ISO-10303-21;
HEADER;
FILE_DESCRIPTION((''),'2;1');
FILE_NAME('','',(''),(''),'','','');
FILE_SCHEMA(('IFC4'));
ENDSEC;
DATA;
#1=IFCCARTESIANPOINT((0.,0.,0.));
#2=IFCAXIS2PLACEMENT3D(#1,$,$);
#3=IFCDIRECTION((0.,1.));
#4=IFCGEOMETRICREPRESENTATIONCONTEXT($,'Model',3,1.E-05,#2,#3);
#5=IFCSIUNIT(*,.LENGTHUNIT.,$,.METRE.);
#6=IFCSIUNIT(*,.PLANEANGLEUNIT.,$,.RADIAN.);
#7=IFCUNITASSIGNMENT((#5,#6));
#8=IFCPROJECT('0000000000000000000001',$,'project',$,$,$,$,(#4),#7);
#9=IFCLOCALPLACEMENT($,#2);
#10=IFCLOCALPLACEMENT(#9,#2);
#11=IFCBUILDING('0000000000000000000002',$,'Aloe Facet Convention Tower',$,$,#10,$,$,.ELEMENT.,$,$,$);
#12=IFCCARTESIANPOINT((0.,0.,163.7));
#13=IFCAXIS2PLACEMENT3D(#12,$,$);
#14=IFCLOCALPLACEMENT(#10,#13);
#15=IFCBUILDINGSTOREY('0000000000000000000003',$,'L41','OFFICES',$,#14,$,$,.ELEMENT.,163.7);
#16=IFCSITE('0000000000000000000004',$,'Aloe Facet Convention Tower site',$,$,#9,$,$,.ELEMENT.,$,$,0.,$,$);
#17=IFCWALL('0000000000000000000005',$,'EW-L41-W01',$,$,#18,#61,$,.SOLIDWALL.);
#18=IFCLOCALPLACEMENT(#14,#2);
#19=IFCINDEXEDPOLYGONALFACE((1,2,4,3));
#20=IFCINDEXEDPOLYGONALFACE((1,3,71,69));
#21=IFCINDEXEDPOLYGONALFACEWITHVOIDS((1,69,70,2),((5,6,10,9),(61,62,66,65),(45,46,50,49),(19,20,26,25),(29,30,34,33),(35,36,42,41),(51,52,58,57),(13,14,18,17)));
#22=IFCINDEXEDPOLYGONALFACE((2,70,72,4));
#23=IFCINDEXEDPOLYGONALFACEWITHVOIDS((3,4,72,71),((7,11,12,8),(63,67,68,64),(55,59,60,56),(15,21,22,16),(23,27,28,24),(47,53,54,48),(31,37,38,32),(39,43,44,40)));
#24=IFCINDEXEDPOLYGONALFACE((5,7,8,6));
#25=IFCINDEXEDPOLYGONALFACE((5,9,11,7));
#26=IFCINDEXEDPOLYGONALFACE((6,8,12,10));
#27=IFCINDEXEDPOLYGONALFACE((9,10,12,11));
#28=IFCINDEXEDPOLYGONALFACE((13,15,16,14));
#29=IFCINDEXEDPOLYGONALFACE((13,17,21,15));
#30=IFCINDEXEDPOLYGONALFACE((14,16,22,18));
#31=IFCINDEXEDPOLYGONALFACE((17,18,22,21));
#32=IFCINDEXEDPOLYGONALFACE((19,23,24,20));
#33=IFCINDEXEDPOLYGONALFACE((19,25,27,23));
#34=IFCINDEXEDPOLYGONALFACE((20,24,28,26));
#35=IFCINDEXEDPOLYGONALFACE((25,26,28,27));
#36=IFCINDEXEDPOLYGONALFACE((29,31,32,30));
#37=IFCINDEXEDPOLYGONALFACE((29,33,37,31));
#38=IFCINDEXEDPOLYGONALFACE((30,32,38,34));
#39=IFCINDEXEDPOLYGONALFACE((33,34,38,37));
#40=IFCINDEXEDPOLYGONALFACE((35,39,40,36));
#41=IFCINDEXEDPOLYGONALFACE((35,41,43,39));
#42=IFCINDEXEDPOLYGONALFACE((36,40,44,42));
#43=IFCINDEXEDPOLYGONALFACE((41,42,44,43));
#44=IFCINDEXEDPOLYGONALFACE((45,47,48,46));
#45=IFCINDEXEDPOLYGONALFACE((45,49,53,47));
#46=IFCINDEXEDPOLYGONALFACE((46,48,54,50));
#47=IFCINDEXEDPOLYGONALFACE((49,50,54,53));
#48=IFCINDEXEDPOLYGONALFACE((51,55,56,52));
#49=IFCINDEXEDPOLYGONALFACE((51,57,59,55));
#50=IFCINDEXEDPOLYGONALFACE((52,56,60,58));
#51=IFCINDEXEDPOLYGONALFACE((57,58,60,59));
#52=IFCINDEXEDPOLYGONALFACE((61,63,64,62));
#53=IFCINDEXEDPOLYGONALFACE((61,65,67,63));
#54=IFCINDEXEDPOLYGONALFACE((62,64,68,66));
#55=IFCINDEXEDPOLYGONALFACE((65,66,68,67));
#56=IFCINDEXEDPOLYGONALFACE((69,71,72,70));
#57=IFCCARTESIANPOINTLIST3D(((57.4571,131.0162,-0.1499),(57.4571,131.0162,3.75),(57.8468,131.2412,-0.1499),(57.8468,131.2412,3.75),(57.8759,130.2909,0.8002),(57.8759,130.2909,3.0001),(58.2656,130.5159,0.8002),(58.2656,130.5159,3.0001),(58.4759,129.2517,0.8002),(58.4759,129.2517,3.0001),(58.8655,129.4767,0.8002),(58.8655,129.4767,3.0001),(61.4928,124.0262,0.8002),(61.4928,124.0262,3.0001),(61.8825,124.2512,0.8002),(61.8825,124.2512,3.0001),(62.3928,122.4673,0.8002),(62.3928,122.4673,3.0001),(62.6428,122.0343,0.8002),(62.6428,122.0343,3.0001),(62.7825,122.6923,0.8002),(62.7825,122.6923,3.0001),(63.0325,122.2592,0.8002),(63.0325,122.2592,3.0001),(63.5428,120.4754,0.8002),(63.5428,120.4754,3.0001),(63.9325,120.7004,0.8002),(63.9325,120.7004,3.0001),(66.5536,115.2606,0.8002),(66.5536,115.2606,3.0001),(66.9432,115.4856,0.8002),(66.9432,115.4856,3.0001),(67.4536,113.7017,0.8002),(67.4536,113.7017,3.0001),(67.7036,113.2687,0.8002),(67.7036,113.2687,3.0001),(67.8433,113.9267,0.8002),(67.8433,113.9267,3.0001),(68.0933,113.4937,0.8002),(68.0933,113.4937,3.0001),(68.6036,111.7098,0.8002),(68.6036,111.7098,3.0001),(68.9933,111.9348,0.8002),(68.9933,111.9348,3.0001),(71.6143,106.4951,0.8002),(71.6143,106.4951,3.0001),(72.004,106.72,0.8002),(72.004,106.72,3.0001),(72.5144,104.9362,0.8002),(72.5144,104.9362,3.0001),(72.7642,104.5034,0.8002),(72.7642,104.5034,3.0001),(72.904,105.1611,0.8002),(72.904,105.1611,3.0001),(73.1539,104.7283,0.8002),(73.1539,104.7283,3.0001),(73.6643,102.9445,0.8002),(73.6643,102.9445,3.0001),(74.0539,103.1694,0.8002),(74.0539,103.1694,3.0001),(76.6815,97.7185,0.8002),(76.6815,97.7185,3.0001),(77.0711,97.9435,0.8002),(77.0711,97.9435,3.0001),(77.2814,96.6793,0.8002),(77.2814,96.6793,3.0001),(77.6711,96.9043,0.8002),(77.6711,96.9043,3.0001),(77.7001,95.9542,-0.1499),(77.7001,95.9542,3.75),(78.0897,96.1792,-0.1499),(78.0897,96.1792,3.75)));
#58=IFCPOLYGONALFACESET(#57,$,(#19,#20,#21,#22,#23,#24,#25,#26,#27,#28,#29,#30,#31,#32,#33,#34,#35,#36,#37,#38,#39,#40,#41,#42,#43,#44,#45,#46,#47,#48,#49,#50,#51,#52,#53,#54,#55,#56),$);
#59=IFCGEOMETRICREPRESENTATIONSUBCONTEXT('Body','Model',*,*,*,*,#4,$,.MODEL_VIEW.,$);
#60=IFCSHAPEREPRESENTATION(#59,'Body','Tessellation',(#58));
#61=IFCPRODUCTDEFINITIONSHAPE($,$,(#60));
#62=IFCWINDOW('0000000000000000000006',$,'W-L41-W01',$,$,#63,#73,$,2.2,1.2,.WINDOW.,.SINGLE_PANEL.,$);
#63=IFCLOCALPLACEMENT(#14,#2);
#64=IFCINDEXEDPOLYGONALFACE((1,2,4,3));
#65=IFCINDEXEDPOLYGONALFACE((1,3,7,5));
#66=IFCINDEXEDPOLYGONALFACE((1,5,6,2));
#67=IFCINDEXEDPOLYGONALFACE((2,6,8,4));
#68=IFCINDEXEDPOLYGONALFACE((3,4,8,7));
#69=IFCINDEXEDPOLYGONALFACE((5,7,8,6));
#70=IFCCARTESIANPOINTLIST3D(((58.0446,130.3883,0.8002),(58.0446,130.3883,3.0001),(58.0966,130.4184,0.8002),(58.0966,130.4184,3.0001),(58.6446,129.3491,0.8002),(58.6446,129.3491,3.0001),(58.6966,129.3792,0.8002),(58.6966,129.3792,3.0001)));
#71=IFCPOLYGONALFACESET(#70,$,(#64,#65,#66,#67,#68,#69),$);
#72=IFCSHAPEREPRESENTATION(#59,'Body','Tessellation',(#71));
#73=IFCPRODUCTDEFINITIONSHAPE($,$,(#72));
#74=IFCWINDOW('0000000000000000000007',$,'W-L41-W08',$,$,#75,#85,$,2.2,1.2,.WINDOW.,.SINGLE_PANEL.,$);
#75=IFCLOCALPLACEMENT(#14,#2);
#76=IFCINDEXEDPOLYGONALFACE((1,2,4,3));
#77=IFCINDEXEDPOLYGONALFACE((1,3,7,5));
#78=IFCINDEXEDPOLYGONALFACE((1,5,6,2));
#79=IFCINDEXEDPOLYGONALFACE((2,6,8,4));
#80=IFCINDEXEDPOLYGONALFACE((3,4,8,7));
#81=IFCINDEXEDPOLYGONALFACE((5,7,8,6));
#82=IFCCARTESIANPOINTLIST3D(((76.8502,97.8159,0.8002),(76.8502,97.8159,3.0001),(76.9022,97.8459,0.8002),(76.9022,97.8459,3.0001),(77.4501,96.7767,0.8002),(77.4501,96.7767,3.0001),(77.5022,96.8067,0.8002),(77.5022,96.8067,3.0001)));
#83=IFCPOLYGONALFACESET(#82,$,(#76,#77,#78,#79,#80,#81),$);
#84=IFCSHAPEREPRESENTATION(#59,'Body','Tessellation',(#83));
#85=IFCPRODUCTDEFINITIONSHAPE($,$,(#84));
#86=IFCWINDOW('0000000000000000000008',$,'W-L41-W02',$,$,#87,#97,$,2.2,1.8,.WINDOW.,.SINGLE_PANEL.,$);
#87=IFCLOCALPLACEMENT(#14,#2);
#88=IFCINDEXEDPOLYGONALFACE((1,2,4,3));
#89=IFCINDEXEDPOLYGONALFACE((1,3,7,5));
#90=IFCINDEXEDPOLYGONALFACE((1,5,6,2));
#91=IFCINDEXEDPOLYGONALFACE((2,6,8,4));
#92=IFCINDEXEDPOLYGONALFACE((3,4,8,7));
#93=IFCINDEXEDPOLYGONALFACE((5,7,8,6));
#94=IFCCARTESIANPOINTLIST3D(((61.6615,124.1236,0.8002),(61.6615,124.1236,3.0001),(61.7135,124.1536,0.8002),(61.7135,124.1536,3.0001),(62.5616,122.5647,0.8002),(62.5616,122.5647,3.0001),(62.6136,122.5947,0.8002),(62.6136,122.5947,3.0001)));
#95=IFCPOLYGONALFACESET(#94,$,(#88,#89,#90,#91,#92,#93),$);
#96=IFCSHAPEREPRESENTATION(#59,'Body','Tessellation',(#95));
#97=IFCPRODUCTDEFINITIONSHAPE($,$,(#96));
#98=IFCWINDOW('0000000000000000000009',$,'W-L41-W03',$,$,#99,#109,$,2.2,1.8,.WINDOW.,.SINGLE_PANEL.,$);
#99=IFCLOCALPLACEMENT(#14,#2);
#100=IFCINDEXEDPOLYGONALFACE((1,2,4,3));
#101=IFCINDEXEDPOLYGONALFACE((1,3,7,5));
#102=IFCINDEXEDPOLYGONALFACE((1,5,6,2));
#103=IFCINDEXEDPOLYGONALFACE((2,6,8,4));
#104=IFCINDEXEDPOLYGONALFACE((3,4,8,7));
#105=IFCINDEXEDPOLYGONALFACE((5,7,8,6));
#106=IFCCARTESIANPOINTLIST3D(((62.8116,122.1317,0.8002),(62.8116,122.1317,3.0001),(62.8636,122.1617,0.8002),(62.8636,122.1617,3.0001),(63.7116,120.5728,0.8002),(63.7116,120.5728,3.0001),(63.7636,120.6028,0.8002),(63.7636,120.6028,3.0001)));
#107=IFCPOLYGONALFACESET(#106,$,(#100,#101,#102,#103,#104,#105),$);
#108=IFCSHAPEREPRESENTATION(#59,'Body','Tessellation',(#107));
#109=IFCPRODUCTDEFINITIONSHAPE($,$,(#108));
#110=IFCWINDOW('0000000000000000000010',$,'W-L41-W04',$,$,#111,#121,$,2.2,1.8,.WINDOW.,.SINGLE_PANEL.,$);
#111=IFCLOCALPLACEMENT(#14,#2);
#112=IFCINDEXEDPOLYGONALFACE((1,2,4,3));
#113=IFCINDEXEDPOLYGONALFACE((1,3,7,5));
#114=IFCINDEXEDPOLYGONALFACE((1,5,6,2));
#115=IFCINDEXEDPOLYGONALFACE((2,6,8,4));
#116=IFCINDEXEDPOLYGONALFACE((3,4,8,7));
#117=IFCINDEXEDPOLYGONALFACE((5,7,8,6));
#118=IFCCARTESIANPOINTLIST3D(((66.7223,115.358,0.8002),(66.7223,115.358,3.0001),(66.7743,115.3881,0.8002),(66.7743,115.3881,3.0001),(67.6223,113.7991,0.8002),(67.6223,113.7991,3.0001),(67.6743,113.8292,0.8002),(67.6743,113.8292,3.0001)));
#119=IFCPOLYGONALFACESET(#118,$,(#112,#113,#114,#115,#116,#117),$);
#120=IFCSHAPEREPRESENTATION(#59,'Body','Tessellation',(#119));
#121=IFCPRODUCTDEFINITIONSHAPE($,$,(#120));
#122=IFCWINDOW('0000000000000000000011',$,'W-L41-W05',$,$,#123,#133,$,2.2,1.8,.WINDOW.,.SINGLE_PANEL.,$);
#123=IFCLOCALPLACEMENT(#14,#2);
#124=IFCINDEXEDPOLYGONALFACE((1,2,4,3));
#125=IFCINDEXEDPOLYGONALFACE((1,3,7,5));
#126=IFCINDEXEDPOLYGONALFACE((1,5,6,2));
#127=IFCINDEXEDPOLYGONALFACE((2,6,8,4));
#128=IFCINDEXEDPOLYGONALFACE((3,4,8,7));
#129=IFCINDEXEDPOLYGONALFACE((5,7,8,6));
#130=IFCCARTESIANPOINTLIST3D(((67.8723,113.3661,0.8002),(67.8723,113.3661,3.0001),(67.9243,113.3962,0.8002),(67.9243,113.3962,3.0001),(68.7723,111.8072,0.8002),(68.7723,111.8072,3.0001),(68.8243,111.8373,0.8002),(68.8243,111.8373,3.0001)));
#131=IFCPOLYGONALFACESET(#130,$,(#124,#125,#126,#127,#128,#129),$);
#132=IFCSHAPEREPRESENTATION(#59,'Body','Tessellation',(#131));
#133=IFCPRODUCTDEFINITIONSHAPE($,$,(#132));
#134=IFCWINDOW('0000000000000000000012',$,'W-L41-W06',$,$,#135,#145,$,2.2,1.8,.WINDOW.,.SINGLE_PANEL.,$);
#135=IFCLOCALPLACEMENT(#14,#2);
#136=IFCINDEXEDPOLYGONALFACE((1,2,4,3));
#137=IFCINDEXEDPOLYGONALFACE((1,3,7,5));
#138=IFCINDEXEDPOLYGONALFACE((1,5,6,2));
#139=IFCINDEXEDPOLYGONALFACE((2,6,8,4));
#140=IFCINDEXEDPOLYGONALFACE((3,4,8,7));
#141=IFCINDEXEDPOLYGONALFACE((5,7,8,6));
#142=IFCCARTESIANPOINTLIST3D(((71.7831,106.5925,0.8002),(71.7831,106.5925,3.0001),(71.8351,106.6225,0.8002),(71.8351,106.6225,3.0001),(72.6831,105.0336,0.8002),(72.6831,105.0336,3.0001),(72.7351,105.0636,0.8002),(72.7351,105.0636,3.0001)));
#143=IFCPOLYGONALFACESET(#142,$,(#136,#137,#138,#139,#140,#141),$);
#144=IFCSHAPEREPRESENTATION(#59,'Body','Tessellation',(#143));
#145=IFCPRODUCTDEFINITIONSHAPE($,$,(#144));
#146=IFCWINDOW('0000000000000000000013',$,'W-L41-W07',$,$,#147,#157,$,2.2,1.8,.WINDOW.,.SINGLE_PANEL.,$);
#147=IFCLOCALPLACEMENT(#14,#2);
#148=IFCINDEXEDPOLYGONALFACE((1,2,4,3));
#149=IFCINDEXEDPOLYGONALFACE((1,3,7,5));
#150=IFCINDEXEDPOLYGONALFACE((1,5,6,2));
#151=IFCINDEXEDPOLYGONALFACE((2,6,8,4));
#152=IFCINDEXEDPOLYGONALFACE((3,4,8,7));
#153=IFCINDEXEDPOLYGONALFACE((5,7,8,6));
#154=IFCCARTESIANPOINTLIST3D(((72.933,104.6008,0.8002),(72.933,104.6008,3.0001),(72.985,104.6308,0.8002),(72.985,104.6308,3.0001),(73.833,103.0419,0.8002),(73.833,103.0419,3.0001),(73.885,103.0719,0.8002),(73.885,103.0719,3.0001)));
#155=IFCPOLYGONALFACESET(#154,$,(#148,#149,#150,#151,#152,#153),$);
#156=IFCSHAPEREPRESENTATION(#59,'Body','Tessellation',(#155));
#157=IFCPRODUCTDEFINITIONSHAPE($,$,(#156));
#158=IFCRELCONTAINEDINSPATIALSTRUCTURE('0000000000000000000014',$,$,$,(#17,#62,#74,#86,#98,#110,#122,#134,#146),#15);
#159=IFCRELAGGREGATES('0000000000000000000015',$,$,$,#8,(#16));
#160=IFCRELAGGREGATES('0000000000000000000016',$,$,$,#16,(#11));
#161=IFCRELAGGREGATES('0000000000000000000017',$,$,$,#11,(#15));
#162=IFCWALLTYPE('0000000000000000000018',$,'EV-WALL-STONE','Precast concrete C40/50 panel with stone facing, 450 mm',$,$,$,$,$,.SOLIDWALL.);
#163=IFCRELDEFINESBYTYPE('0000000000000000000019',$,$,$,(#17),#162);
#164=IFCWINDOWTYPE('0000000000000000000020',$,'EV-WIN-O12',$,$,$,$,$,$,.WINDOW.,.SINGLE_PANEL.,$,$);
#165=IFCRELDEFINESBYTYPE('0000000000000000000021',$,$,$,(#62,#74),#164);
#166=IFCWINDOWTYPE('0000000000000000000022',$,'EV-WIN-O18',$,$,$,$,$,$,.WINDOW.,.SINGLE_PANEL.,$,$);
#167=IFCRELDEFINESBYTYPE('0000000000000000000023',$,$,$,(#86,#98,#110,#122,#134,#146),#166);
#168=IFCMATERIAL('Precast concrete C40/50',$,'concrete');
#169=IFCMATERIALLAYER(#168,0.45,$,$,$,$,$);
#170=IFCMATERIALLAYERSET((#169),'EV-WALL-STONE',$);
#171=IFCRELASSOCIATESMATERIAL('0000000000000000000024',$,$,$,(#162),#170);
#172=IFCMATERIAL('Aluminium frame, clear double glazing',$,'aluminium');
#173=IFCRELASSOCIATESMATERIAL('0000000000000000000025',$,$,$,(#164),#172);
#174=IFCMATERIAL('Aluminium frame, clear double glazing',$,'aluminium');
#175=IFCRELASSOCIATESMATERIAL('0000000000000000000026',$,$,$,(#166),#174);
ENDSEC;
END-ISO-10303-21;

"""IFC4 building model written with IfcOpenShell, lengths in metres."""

from ifc_helpers import new_model, si_unit, direction, frame, frame_2d, origin, place, context, subcontext, project, spatial, polyline, rectangle, outline, extrude, material, layer, layer_set, type_object, element, fill, save


model = new_model("IFC4")

# Units and contexts
model_context = context("Model", 3, precision=1e-05, world=origin(), true_north=direction((0.0, 1.0)))
body_context = subcontext(model_context, "Body", "Model", "MODEL_VIEW")
ifc_project = project(units=[si_unit("LENGTHUNIT", "METRE"), si_unit("PLANEANGLEUNIT", "RADIAN")], contexts=[model_context])

# Site, building, storey
site_placement = place(None, origin())
site = spatial("IfcSite", under=ifc_project, at=site_placement, Name="Aloe Facet Convention Tower site", CompositionType="ELEMENT", RefElevation=0.0)
building_placement = place(site_placement, origin())
building = spatial("IfcBuilding", under=site, at=building_placement, Name="Aloe Facet Convention Tower", CompositionType="ELEMENT")
storey_placement = place(building_placement, frame((0.0, 0.0, 163.7)))
storey = spatial("IfcBuildingStorey", under=building, at=storey_placement, Name="L41", Description="OFFICES", CompositionType="ELEMENT", Elevation=163.7)

# Wall, openings, windows
ifc_material_1 = material(Name="Precast concrete C40/50", Category="concrete")
ifc_layer_1 = layer(ifc_material_1, 0.45)
ifc_layer_set_1 = layer_set([ifc_layer_1], Name="EV-WALL-STONE")
wall_type_1 = type_object("IfcWallType", Name="EV-WALL-STONE", Description="Precast concrete C40/50 panel with stone facing, 450 mm", PredefinedType="SOLIDWALL", material=ifc_layer_set_1)
wall_1_placement = place(storey_placement, frame((57.6519, 131.1287, -0.1499), z_axis=(0.0, 0.0, 1.0), x_axis=(0.499997, -0.866027, 0.0)))
wall_1 = element("IfcWall", 1, at=wall_1_placement, inside=storey, type_object=wall_type_1, Name="EW-L41-W01", PredefinedType="SOLIDWALL", context=body_context, shape_type="SweptSolid", body=[
    extrude(outline(polyline([(40.4861, 0.0), (40.4861, 3.8999), (0.0, 3.8999), (0.0, 0.0), (40.4861, 0.0)])), frame((0.0, 0.2251, 0.0), z_axis=(0.0, -1.0, 0.0), x_axis=(1.0, 0.0, 0.0)), (0.0, 0.0, 1.0), 0.45),
])
opening_1_placement = place(wall_1_placement, frame((0.8374, 0.0, 0.95)))
opening_1 = element("IfcOpeningElement", 2, at=opening_1_placement, cuts=wall_1, PredefinedType="OPENING", context=body_context, shape_type="SweptSolid", body=[
    extrude(rectangle(XDim=1.2, YDim=2.2, at=frame_2d((0.6001, 1.1001))), frame((0.0, 0.2349, 0.0), z_axis=(0.0, -1.0, 0.0), x_axis=(1.0, 0.0, 0.0)), (0.0, 0.0, 1.0), 0.47),
])
opening_2_placement = place(wall_1_placement, frame((8.0715, 0.0, 0.95)))
opening_2 = element("IfcOpeningElement", 3, at=opening_2_placement, cuts=wall_1, PredefinedType="OPENING", context=body_context, shape_type="SweptSolid", body=[
    extrude(rectangle(XDim=1.8, YDim=2.2, at=frame_2d((0.8999, 1.1001))), frame((0.0, 0.2349, 0.0), z_axis=(0.0, -1.0, 0.0), x_axis=(1.0, 0.0, 0.0)), (0.0, 0.0, 1.0), 0.47),
])
opening_3_placement = place(wall_1_placement, frame((10.3716, 0.0, 0.95)))
opening_3 = element("IfcOpeningElement", 4, at=opening_3_placement, cuts=wall_1, PredefinedType="OPENING", context=body_context, shape_type="SweptSolid", body=[
    extrude(rectangle(XDim=1.8, YDim=2.2, at=frame_2d((0.8999, 1.1001))), frame((0.0, 0.2349, 0.0), z_axis=(0.0, -1.0, 0.0), x_axis=(1.0, 0.0, 0.0)), (0.0, 0.0, 1.0), 0.47),
])
opening_4_placement = place(wall_1_placement, frame((18.1931, 0.0, 0.95)))
opening_4 = element("IfcOpeningElement", 5, at=opening_4_placement, cuts=wall_1, PredefinedType="OPENING", context=body_context, shape_type="SweptSolid", body=[
    extrude(rectangle(XDim=1.8, YDim=2.2, at=frame_2d((0.8999, 1.1001))), frame((0.0, 0.2349, 0.0), z_axis=(0.0, -1.0, 0.0), x_axis=(1.0, 0.0, 0.0)), (0.0, 0.0, 1.0), 0.47),
])
opening_5_placement = place(wall_1_placement, frame((20.4932, 0.0, 0.95)))
opening_5 = element("IfcOpeningElement", 6, at=opening_5_placement, cuts=wall_1, PredefinedType="OPENING", context=body_context, shape_type="SweptSolid", body=[
    extrude(rectangle(XDim=1.8, YDim=2.2, at=frame_2d((0.8999, 1.1001))), frame((0.0, 0.2349, 0.0), z_axis=(0.0, -1.0, 0.0), x_axis=(1.0, 0.0, 0.0)), (0.0, 0.0, 1.0), 0.47),
])
opening_6_placement = place(wall_1_placement, frame((28.3147, 0.0, 0.95)))
opening_6 = element("IfcOpeningElement", 7, at=opening_6_placement, cuts=wall_1, PredefinedType="OPENING", context=body_context, shape_type="SweptSolid", body=[
    extrude(rectangle(XDim=1.8, YDim=2.2, at=frame_2d((0.8999, 1.1001))), frame((0.0, 0.2349, 0.0), z_axis=(0.0, -1.0, 0.0), x_axis=(1.0, 0.0, 0.0)), (0.0, 0.0, 1.0), 0.47),
])
opening_7_placement = place(wall_1_placement, frame((30.6145, 0.0, 0.95)))
opening_7 = element("IfcOpeningElement", 8, at=opening_7_placement, cuts=wall_1, PredefinedType="OPENING", context=body_context, shape_type="SweptSolid", body=[
    extrude(rectangle(XDim=1.8, YDim=2.2, at=frame_2d((0.8999, 1.1001))), frame((0.0, 0.2349, 0.0), z_axis=(0.0, -1.0, 0.0), x_axis=(1.0, 0.0, 0.0)), (0.0, 0.0, 1.0), 0.47),
])
opening_8_placement = place(wall_1_placement, frame((38.4487, 0.0, 0.95)))
opening_8 = element("IfcOpeningElement", 9, at=opening_8_placement, cuts=wall_1, PredefinedType="OPENING", context=body_context, shape_type="SweptSolid", body=[
    extrude(rectangle(XDim=1.2, YDim=2.2, at=frame_2d((0.6001, 1.1001))), frame((0.0, 0.2349, 0.0), z_axis=(0.0, -1.0, 0.0), x_axis=(1.0, 0.0, 0.0)), (0.0, 0.0, 1.0), 0.47),
])
ifc_material_2 = material(Name="Aluminium frame, clear double glazing", Category="aluminium")
window_type_1 = type_object("IfcWindowType", Name="EV-WIN-O12", PartitioningType="SINGLE_PANEL", PredefinedType="WINDOW", material=ifc_material_2)
window_1_placement = place(opening_1_placement, origin())
window_1 = element("IfcWindow", 10, at=window_1_placement, inside=storey, type_object=window_type_1, Name="W-L41-W01", OverallHeight=2.2, OverallWidth=1.2, PartitioningType="SINGLE_PANEL", PredefinedType="WINDOW", context=body_context, shape_type="SweptSolid", body=[
    extrude(rectangle(XDim=1.2, YDim=2.2, at=frame_2d((0.6001, 1.1001))), frame((0.0, 0.03, 0.0), z_axis=(0.0, -1.0, 0.0), x_axis=(1.0, 0.0, 0.0)), (0.0, 0.0, 1.0), 0.0601),
])
fill(opening_1, window_1)
window_2_placement = place(opening_8_placement, origin())
window_2 = element("IfcWindow", 11, at=window_2_placement, inside=storey, type_object=window_type_1, Name="W-L41-W08", OverallHeight=2.2, OverallWidth=1.2, PartitioningType="SINGLE_PANEL", PredefinedType="WINDOW", context=body_context, shape_type="SweptSolid", body=[
    extrude(rectangle(XDim=1.2, YDim=2.2, at=frame_2d((0.6001, 1.1001))), frame((0.0, 0.03, 0.0), z_axis=(0.0, -1.0, 0.0), x_axis=(1.0, 0.0, 0.0)), (0.0, 0.0, 1.0), 0.0601),
])
fill(opening_8, window_2)
ifc_material_3 = material(Name="Aluminium frame, clear double glazing", Category="aluminium")
window_type_2 = type_object("IfcWindowType", Name="EV-WIN-O18", PartitioningType="SINGLE_PANEL", PredefinedType="WINDOW", material=ifc_material_3)
window_3_placement = place(opening_2_placement, origin())
window_3 = element("IfcWindow", 12, at=window_3_placement, inside=storey, type_object=window_type_2, Name="W-L41-W02", OverallHeight=2.2, OverallWidth=1.8, PartitioningType="SINGLE_PANEL", PredefinedType="WINDOW", context=body_context, shape_type="SweptSolid", body=[
    extrude(rectangle(XDim=1.8, YDim=2.2, at=frame_2d((0.8999, 1.1001))), frame((0.0, 0.03, 0.0), z_axis=(0.0, -1.0, 0.0), x_axis=(1.0, 0.0, 0.0)), (0.0, 0.0, 1.0), 0.0601),
])
fill(opening_2, window_3)
window_4_placement = place(opening_3_placement, origin())
window_4 = element("IfcWindow", 13, at=window_4_placement, inside=storey, type_object=window_type_2, Name="W-L41-W03", OverallHeight=2.2, OverallWidth=1.8, PartitioningType="SINGLE_PANEL", PredefinedType="WINDOW", context=body_context, shape_type="SweptSolid", body=[
    extrude(rectangle(XDim=1.8, YDim=2.2, at=frame_2d((0.8999, 1.1001))), frame((0.0, 0.03, 0.0), z_axis=(0.0, -1.0, 0.0), x_axis=(1.0, 0.0, 0.0)), (0.0, 0.0, 1.0), 0.0601),
])
fill(opening_3, window_4)
window_5_placement = place(opening_4_placement, origin())
window_5 = element("IfcWindow", 14, at=window_5_placement, inside=storey, type_object=window_type_2, Name="W-L41-W04", OverallHeight=2.2, OverallWidth=1.8, PartitioningType="SINGLE_PANEL", PredefinedType="WINDOW", context=body_context, shape_type="SweptSolid", body=[
    extrude(rectangle(XDim=1.8, YDim=2.2, at=frame_2d((0.8999, 1.1001))), frame((0.0, 0.03, 0.0), z_axis=(0.0, -1.0, 0.0), x_axis=(1.0, 0.0, 0.0)), (0.0, 0.0, 1.0), 0.0601),
])
fill(opening_4, window_5)
window_6_placement = place(opening_5_placement, origin())
window_6 = element("IfcWindow", 15, at=window_6_placement, inside=storey, type_object=window_type_2, Name="W-L41-W05", OverallHeight=2.2, OverallWidth=1.8, PartitioningType="SINGLE_PANEL", PredefinedType="WINDOW", context=body_context, shape_type="SweptSolid", body=[
    extrude(rectangle(XDim=1.8, YDim=2.2, at=frame_2d((0.8999, 1.1001))), frame((0.0, 0.03, 0.0), z_axis=(0.0, -1.0, 0.0), x_axis=(1.0, 0.0, 0.0)), (0.0, 0.0, 1.0), 0.0601),
])
fill(opening_5, window_6)
window_7_placement = place(opening_6_placement, origin())
window_7 = element("IfcWindow", 16, at=window_7_placement, inside=storey, type_object=window_type_2, Name="W-L41-W06", OverallHeight=2.2, OverallWidth=1.8, PartitioningType="SINGLE_PANEL", PredefinedType="WINDOW", context=body_context, shape_type="SweptSolid", body=[
    extrude(rectangle(XDim=1.8, YDim=2.2, at=frame_2d((0.8999, 1.1001))), frame((0.0, 0.03, 0.0), z_axis=(0.0, -1.0, 0.0), x_axis=(1.0, 0.0, 0.0)), (0.0, 0.0, 1.0), 0.0601),
])
fill(opening_6, window_7)
window_8_placement = place(opening_7_placement, origin())
window_8 = element("IfcWindow", 17, at=window_8_placement, inside=storey, type_object=window_type_2, Name="W-L41-W07", OverallHeight=2.2, OverallWidth=1.8, PartitioningType="SINGLE_PANEL", PredefinedType="WINDOW", context=body_context, shape_type="SweptSolid", body=[
    extrude(rectangle(XDim=1.8, YDim=2.2, at=frame_2d((0.8999, 1.1001))), frame((0.0, 0.03, 0.0), z_axis=(0.0, -1.0, 0.0), x_axis=(1.0, 0.0, 0.0)), (0.0, 0.0, 1.0), 0.0601),
])
fill(opening_7, window_8)

save(model, "model.ifc")
